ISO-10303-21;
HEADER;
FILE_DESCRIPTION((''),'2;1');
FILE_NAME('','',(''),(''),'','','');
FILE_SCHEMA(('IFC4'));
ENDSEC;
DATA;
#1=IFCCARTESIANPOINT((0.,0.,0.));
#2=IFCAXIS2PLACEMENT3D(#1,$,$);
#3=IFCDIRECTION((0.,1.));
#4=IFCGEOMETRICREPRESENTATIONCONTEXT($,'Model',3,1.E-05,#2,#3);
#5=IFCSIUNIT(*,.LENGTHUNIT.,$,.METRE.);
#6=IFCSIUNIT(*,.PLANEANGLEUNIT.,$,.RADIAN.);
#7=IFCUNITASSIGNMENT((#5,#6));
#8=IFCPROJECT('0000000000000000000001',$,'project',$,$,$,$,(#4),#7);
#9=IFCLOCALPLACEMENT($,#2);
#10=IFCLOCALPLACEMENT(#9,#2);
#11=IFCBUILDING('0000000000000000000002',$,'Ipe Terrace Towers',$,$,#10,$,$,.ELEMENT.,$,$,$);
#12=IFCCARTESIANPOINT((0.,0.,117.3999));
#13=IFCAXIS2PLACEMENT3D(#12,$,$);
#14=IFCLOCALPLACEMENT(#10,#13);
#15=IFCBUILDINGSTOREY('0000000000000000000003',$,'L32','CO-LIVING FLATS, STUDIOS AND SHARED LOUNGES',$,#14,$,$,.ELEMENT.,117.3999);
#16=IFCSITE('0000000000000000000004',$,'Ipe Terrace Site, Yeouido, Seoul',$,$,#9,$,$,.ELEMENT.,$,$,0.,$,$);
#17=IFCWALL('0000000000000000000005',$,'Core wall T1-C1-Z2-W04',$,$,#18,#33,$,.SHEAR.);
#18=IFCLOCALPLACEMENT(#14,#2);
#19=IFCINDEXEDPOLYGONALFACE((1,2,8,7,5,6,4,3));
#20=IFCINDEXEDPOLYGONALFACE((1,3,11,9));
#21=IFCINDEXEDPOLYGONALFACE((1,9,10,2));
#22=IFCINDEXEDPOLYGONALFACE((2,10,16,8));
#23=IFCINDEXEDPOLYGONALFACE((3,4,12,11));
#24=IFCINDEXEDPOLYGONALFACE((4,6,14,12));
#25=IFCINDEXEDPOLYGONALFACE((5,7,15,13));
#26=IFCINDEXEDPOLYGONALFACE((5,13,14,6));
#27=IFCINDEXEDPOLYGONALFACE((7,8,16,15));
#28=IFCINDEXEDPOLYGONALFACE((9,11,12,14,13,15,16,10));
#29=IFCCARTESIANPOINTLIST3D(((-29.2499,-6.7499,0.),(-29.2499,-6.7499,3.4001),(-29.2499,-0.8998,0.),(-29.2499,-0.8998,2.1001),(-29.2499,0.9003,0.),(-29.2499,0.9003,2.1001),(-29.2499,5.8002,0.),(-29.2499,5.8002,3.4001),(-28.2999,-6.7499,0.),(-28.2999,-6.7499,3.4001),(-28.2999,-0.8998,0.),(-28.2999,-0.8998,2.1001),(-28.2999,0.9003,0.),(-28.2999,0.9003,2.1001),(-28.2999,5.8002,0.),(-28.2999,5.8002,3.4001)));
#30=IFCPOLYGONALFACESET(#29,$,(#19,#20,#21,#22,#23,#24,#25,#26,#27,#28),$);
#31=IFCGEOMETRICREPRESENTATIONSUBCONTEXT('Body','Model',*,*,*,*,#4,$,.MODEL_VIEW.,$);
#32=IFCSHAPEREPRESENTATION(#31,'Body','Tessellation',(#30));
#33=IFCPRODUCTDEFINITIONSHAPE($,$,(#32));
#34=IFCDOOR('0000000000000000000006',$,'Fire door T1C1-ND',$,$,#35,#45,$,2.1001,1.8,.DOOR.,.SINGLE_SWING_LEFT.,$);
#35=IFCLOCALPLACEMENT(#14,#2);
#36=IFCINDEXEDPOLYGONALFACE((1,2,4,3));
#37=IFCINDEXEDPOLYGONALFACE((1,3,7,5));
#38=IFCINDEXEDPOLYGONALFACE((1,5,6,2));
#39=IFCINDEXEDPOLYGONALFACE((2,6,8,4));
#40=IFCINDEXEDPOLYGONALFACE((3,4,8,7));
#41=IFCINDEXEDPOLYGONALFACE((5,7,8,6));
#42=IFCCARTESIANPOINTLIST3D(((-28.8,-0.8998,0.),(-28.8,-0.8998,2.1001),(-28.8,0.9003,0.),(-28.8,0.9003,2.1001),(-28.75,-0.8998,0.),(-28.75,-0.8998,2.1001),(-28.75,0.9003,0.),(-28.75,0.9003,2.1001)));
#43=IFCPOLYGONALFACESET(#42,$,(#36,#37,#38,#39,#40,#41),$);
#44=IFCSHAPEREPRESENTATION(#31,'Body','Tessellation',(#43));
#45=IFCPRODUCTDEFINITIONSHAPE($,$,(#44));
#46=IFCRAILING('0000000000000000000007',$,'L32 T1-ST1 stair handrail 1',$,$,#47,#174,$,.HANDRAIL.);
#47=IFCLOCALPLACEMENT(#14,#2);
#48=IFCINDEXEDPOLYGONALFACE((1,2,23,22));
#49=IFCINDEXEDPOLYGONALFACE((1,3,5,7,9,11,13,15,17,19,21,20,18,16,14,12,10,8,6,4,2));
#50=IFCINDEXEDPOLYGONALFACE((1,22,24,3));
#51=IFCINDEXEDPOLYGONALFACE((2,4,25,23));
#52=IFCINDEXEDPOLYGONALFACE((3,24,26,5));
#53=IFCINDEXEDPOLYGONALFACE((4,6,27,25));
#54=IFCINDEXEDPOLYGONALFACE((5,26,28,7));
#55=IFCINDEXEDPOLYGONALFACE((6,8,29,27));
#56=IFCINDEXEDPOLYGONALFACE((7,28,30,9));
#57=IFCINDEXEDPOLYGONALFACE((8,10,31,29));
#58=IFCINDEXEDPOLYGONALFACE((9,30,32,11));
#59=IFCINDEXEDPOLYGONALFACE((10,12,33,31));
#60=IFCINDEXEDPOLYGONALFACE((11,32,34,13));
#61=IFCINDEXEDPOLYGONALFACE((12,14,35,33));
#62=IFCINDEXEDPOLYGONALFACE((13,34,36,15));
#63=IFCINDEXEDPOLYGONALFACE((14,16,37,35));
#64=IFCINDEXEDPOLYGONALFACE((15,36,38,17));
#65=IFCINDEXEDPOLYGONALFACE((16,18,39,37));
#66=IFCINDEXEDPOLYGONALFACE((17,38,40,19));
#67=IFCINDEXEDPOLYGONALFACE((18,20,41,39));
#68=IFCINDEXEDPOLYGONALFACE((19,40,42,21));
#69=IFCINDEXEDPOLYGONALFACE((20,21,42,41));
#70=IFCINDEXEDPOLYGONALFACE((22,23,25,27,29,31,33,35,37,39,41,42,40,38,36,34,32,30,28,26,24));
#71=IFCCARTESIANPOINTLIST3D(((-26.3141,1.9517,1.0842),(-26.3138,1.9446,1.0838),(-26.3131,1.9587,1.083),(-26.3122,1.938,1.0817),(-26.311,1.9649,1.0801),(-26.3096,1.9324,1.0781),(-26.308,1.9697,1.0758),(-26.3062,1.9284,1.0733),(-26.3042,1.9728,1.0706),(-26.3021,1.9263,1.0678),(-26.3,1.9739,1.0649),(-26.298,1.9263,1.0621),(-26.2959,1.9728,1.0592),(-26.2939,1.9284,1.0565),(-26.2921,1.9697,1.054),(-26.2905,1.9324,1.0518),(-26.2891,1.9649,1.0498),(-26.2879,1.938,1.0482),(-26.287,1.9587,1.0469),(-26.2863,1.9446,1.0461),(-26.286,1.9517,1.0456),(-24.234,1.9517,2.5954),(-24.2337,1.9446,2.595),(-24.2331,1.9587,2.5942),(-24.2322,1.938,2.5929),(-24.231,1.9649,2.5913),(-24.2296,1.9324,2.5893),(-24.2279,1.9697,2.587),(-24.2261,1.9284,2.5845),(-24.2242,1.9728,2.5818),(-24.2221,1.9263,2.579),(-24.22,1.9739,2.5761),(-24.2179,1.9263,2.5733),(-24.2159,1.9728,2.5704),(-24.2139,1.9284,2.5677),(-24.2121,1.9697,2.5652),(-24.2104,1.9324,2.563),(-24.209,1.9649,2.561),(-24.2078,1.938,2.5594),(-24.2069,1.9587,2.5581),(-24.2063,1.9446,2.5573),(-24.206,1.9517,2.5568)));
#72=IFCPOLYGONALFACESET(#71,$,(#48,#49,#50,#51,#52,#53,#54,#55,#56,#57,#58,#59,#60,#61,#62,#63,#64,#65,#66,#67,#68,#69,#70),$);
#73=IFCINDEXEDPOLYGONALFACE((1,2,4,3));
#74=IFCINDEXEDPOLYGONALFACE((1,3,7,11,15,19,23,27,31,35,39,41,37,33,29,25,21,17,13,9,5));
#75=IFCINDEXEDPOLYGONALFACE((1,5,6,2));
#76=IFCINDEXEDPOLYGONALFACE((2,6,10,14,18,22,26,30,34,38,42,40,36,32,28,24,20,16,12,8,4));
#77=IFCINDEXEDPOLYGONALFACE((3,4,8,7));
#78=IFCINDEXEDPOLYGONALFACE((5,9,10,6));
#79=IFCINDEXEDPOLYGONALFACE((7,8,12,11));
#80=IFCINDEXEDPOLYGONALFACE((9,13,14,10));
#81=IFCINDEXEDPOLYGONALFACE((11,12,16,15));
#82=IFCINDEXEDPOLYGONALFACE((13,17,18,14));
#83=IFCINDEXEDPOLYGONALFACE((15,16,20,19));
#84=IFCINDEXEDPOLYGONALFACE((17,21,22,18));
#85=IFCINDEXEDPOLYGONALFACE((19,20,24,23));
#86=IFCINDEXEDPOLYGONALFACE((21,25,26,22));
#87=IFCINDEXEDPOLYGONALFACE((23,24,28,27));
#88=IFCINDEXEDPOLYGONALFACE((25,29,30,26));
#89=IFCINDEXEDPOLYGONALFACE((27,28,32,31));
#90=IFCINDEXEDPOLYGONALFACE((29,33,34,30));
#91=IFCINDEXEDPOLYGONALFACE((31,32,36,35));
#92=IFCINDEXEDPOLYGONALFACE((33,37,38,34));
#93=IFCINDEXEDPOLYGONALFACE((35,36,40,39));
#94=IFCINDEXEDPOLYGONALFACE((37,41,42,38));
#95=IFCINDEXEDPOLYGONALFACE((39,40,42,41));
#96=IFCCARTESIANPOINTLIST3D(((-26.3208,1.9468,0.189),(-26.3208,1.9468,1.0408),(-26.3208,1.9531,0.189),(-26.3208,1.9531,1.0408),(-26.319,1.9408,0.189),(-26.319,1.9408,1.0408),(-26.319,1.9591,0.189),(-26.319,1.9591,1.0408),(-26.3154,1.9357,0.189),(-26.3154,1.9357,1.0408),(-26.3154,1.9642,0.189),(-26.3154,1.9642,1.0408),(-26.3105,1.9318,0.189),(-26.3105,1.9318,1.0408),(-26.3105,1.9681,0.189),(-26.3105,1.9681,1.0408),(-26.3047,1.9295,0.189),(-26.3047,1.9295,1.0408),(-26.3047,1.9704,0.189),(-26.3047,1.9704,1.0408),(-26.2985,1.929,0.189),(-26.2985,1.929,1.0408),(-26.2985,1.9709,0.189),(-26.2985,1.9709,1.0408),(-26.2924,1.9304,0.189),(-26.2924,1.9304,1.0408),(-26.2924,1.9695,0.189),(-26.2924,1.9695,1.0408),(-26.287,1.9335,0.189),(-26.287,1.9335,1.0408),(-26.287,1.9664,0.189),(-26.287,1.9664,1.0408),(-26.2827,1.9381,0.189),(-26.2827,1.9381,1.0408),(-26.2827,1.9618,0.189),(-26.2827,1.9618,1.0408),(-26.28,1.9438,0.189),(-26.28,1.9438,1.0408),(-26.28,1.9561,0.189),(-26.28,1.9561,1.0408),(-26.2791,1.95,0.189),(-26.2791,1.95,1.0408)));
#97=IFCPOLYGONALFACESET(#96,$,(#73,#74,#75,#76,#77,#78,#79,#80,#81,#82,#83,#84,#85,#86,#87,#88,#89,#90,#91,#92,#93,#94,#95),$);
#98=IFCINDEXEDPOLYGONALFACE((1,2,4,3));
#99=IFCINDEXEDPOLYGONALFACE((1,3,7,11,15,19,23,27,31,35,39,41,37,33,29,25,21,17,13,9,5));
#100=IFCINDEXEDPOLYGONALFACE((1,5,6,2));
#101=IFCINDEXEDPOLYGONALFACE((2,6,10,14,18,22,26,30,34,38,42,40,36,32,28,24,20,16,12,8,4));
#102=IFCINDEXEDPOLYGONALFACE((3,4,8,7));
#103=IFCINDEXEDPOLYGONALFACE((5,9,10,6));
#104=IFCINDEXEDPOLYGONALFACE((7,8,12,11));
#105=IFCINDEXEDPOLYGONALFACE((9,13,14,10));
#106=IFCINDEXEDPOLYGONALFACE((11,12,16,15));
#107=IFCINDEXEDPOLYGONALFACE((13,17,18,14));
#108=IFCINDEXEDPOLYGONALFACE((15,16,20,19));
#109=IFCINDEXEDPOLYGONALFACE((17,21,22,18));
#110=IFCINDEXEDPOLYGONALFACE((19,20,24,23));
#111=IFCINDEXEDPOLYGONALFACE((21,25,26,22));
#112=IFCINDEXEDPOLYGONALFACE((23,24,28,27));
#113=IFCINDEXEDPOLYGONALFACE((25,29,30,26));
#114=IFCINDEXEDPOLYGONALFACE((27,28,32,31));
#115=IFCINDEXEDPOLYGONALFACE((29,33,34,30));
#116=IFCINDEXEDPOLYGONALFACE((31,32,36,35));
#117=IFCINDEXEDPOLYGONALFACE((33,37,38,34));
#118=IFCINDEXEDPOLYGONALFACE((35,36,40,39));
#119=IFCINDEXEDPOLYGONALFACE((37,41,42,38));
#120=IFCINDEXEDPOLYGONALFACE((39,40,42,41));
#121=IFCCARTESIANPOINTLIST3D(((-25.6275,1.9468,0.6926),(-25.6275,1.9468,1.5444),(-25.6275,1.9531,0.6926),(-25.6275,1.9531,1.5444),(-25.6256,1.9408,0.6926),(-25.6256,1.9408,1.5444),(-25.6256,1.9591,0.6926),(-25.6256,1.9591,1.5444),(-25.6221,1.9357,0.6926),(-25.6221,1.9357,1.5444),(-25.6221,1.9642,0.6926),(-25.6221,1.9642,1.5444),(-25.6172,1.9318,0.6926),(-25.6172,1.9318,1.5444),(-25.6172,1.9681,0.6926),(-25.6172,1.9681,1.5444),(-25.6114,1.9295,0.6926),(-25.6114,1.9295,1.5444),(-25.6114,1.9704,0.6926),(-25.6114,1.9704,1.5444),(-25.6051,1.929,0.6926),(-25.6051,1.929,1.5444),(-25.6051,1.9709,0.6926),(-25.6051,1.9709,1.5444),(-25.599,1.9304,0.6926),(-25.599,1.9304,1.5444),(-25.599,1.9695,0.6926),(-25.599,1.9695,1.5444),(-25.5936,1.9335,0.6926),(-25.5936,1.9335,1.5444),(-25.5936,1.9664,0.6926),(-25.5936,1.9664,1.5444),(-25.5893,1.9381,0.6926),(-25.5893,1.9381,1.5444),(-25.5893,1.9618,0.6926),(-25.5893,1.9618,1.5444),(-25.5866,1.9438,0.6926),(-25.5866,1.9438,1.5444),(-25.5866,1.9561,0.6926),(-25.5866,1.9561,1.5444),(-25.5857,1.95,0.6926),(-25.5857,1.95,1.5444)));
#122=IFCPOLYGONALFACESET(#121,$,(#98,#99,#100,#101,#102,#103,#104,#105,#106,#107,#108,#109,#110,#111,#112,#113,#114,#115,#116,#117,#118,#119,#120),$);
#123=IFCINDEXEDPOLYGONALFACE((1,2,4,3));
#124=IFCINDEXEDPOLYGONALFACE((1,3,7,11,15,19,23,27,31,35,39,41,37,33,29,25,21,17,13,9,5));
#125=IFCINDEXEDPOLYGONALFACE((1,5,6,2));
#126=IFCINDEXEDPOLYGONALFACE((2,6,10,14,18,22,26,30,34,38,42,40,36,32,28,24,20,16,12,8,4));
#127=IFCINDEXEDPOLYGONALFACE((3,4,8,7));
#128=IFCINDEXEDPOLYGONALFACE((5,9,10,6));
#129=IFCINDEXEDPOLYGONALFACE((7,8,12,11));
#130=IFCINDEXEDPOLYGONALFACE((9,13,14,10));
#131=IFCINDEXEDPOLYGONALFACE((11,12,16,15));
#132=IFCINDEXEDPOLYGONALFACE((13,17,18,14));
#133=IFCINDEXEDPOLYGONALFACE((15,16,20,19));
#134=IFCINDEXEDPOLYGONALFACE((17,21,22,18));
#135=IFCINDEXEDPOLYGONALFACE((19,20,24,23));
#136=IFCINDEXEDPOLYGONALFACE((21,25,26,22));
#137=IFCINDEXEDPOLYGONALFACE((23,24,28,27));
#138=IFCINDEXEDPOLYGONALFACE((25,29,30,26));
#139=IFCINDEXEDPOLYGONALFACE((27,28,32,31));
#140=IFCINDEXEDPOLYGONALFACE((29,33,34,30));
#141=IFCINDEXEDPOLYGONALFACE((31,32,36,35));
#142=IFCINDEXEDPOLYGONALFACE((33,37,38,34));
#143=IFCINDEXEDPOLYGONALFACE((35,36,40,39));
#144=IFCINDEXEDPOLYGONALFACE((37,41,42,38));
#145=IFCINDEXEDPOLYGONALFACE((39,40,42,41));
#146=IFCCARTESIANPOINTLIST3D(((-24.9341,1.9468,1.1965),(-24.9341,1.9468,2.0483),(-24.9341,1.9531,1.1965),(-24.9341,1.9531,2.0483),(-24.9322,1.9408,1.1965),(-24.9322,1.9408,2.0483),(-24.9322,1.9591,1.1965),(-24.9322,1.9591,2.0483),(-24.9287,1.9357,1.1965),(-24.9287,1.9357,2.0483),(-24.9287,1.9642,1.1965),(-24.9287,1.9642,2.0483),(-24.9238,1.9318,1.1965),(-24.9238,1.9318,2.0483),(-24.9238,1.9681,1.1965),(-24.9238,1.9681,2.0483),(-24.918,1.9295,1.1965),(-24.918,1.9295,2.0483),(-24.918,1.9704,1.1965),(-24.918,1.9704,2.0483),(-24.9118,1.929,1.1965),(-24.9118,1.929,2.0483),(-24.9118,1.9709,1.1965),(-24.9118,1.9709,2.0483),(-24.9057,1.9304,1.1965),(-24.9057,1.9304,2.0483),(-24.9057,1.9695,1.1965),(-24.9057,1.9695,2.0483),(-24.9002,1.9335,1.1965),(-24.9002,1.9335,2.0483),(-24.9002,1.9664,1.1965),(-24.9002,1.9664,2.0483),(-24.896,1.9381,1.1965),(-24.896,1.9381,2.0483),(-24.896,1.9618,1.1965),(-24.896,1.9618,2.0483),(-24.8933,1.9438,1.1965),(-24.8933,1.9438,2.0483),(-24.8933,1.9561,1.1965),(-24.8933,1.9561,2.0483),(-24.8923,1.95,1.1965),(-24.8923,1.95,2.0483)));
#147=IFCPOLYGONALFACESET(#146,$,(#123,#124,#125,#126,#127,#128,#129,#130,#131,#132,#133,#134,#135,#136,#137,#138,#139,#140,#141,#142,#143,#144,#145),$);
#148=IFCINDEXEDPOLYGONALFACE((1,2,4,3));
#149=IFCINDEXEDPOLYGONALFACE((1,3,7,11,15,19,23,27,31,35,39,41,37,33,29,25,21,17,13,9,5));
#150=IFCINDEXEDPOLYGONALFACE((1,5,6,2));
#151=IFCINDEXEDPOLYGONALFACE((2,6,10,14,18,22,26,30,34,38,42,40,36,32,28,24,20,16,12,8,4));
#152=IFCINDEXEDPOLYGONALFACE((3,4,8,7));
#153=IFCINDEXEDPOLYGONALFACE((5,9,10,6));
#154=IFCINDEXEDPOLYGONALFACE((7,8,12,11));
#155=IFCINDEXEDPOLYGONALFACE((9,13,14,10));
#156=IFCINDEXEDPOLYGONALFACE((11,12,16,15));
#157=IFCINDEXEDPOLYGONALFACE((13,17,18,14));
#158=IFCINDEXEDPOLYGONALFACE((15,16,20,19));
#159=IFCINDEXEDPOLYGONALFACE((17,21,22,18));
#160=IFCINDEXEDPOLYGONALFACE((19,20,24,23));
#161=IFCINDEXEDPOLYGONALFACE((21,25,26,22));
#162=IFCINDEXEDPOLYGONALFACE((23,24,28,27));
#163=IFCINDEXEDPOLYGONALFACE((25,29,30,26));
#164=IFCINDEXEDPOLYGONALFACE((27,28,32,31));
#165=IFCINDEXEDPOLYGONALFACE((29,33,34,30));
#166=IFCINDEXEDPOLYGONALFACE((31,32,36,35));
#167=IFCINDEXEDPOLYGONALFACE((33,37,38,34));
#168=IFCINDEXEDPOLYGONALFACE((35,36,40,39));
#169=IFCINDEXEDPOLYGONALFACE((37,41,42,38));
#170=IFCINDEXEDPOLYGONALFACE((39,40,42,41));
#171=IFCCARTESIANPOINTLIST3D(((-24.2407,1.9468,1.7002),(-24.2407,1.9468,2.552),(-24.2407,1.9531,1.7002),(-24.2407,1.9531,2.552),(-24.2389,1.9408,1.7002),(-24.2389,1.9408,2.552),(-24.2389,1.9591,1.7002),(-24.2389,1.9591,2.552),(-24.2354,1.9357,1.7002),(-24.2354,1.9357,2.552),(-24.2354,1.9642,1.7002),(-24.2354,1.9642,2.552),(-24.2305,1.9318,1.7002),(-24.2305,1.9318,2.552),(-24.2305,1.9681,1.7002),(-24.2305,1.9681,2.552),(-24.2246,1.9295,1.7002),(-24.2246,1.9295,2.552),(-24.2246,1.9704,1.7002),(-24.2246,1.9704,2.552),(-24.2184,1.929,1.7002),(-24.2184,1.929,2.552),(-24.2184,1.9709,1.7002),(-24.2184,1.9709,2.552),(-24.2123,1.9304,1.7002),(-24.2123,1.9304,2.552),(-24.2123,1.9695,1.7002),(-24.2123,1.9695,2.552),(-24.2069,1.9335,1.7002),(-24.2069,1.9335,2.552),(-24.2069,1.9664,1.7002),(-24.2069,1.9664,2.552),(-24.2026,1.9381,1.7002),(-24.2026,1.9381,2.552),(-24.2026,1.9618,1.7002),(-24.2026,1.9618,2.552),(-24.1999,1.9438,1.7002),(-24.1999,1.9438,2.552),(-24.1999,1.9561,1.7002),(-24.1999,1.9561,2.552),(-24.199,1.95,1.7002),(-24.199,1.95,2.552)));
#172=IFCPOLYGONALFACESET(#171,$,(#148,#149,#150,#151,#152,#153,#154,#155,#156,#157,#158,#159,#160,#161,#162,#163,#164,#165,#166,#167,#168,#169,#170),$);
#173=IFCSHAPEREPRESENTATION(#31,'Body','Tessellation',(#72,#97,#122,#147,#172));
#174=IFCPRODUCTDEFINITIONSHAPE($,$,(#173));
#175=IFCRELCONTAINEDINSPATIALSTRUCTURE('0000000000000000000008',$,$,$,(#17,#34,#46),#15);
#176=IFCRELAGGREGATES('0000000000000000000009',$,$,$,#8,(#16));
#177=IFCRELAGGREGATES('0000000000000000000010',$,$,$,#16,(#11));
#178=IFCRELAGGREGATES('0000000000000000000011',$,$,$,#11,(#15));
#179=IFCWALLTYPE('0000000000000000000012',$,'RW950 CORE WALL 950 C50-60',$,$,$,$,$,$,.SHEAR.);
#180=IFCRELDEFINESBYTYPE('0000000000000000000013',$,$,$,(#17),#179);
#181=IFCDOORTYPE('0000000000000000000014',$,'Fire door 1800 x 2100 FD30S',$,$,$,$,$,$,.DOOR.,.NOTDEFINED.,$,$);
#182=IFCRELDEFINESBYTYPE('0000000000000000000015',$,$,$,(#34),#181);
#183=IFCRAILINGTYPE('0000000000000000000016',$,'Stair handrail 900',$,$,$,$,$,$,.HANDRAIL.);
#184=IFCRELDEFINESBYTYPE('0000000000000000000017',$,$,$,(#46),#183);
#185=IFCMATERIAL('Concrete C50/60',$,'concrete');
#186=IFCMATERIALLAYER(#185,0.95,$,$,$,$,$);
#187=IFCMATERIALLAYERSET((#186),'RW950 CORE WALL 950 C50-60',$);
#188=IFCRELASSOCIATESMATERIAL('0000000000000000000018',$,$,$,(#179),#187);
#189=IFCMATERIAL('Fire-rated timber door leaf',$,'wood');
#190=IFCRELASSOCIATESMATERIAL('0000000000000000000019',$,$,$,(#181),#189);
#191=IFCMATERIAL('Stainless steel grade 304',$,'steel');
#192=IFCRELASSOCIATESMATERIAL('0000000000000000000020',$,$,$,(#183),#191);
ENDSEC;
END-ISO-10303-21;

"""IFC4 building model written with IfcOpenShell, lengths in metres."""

from ifc_helpers import new_model, si_unit, direction, frame, frame_2d, origin, origin_2d, place, context, subcontext, project, spatial, rectangle, circle, extrude, material, layer, layer_set, type_object, element, fill, save


model = new_model("IFC4")

# Units and contexts
model_context = context("Model", 3, precision=1e-05, world=origin(), true_north=direction((0.0, 1.0)))
body_context = subcontext(model_context, "Body", "Model", "MODEL_VIEW")
ifc_project = project(units=[si_unit("LENGTHUNIT", "METRE"), si_unit("PLANEANGLEUNIT", "RADIAN")], contexts=[model_context])

# Site, building, storey
site_placement = place(None, origin())
site = spatial("IfcSite", under=ifc_project, at=site_placement, Name="Ipe Terrace Site, Yeouido, Seoul", CompositionType="ELEMENT", RefElevation=0.0)
building_placement = place(site_placement, origin())
building = spatial("IfcBuilding", under=site, at=building_placement, Name="Ipe Terrace Towers", CompositionType="ELEMENT")
storey_placement = place(building_placement, frame((0.0, 0.0, 117.3999)))
storey = spatial("IfcBuildingStorey", under=building, at=storey_placement, Name="L32", Description="CO-LIVING FLATS, STUDIOS AND SHARED LOUNGES", CompositionType="ELEMENT", Elevation=117.3999)

# Wall, opening, door
ifc_material_1 = material(Name="Concrete C50/60", Category="concrete")
ifc_layer_1 = layer(ifc_material_1, 0.95)
ifc_layer_set_1 = layer_set([ifc_layer_1], Name="RW950 CORE WALL 950 C50-60")
wall_type_1 = type_object("IfcWallType", Name="RW950 CORE WALL 950 C50-60", PredefinedType="SHEAR", material=ifc_layer_set_1)
wall_1_placement = place(storey_placement, frame((-28.7749, 5.8, 0.0), z_axis=(0.0, 0.0, 1.0), x_axis=(0.0, -1.0, 0.0)))
wall_1 = element("IfcWall", 1, at=wall_1_placement, inside=storey, type_object=wall_type_1, Name="Core wall T1-C1-Z2-W04", PredefinedType="SHEAR", context=body_context, shape_type="SweptSolid", body=[
    extrude(rectangle(XDim=12.55, YDim=0.95, at=frame_2d((6.2749, 0.0))), origin(), (0.0, 0.0, 1.0), 3.4001),
])
opening_1_placement = place(wall_1_placement, frame((4.8999, 0.0, 0.0)))
opening_1 = element("IfcOpeningElement", 2, at=opening_1_placement, cuts=wall_1, PredefinedType="OPENING", context=body_context, shape_type="SweptSolid", body=[
    extrude(rectangle(XDim=1.8, YDim=2.1001, at=frame_2d((0.8999, 1.05))), frame((0.0, 0.4849, 0.0), z_axis=(0.0, -1.0, 0.0), x_axis=(1.0, 0.0, 0.0)), (0.0, 0.0, 1.0), 0.97),
])
ifc_material_2 = material(Name="Fire-rated timber door leaf", Category="wood")
door_type_1 = type_object("IfcDoorType", Name="Fire door 1800 x 2100 FD30S", OperationType="NOTDEFINED", PredefinedType="DOOR", material=ifc_material_2)
door_1_placement = place(opening_1_placement, origin())
door_1 = element("IfcDoor", 3, at=door_1_placement, inside=storey, type_object=door_type_1, Name="Fire door T1C1-ND", OperationType="SINGLE_SWING_LEFT", OverallHeight=2.1001, OverallWidth=1.8, PredefinedType="DOOR", context=body_context, shape_type="SweptSolid", body=[
    extrude(rectangle(XDim=1.8, YDim=2.1001, at=frame_2d((0.8999, 1.05))), frame((0.0, 0.0249, 0.0), z_axis=(0.0, -1.0, 0.0), x_axis=(1.0, 0.0, 0.0)), (0.0, 0.0, 1.0), 0.05),
])
fill(opening_1, door_1)

# Railing
ifc_material_3 = material(Name="Stainless steel grade 304", Category="steel")
railing_type_1 = type_object("IfcRailingType", Name="Stair handrail 900", PredefinedType="HANDRAIL", material=ifc_material_3)
railing_1_placement = place(storey_placement, frame((-26.3, 1.95, 0.189)))
element("IfcRailing", 4, at=railing_1_placement, inside=storey, type_object=railing_type_1, Name="L32 T1-ST1 stair handrail 1", PredefinedType="HANDRAIL", context=body_context, shape_type="SweptSolid", body=[
    extrude(circle(Radius=0.0239, at=origin_2d()), frame((0.0, 0.0, 0.876), z_axis=(0.809023, 0.0, 0.587776), x_axis=(0.0, 1.0, 0.0)), (0.0, 0.0, 1.0), 2.571),
    extrude(circle(Radius=0.021, at=origin_2d()), origin(), (0.0, 0.0, 1.0), 0.8518),
    extrude(circle(Radius=0.021, at=origin_2d()), frame((0.6934, 0.0, 0.5037)), (0.0, 0.0, 1.0), 0.8518),
    extrude(circle(Radius=0.021, at=origin_2d()), frame((1.3867, 0.0, 1.0076)), (0.0, 0.0, 1.0), 0.8518),
    extrude(circle(Radius=0.021, at=origin_2d()), frame((2.0801, 0.0, 1.5112)), (0.0, 0.0, 1.0), 0.8518),
])

save(model, "model.ifc")
